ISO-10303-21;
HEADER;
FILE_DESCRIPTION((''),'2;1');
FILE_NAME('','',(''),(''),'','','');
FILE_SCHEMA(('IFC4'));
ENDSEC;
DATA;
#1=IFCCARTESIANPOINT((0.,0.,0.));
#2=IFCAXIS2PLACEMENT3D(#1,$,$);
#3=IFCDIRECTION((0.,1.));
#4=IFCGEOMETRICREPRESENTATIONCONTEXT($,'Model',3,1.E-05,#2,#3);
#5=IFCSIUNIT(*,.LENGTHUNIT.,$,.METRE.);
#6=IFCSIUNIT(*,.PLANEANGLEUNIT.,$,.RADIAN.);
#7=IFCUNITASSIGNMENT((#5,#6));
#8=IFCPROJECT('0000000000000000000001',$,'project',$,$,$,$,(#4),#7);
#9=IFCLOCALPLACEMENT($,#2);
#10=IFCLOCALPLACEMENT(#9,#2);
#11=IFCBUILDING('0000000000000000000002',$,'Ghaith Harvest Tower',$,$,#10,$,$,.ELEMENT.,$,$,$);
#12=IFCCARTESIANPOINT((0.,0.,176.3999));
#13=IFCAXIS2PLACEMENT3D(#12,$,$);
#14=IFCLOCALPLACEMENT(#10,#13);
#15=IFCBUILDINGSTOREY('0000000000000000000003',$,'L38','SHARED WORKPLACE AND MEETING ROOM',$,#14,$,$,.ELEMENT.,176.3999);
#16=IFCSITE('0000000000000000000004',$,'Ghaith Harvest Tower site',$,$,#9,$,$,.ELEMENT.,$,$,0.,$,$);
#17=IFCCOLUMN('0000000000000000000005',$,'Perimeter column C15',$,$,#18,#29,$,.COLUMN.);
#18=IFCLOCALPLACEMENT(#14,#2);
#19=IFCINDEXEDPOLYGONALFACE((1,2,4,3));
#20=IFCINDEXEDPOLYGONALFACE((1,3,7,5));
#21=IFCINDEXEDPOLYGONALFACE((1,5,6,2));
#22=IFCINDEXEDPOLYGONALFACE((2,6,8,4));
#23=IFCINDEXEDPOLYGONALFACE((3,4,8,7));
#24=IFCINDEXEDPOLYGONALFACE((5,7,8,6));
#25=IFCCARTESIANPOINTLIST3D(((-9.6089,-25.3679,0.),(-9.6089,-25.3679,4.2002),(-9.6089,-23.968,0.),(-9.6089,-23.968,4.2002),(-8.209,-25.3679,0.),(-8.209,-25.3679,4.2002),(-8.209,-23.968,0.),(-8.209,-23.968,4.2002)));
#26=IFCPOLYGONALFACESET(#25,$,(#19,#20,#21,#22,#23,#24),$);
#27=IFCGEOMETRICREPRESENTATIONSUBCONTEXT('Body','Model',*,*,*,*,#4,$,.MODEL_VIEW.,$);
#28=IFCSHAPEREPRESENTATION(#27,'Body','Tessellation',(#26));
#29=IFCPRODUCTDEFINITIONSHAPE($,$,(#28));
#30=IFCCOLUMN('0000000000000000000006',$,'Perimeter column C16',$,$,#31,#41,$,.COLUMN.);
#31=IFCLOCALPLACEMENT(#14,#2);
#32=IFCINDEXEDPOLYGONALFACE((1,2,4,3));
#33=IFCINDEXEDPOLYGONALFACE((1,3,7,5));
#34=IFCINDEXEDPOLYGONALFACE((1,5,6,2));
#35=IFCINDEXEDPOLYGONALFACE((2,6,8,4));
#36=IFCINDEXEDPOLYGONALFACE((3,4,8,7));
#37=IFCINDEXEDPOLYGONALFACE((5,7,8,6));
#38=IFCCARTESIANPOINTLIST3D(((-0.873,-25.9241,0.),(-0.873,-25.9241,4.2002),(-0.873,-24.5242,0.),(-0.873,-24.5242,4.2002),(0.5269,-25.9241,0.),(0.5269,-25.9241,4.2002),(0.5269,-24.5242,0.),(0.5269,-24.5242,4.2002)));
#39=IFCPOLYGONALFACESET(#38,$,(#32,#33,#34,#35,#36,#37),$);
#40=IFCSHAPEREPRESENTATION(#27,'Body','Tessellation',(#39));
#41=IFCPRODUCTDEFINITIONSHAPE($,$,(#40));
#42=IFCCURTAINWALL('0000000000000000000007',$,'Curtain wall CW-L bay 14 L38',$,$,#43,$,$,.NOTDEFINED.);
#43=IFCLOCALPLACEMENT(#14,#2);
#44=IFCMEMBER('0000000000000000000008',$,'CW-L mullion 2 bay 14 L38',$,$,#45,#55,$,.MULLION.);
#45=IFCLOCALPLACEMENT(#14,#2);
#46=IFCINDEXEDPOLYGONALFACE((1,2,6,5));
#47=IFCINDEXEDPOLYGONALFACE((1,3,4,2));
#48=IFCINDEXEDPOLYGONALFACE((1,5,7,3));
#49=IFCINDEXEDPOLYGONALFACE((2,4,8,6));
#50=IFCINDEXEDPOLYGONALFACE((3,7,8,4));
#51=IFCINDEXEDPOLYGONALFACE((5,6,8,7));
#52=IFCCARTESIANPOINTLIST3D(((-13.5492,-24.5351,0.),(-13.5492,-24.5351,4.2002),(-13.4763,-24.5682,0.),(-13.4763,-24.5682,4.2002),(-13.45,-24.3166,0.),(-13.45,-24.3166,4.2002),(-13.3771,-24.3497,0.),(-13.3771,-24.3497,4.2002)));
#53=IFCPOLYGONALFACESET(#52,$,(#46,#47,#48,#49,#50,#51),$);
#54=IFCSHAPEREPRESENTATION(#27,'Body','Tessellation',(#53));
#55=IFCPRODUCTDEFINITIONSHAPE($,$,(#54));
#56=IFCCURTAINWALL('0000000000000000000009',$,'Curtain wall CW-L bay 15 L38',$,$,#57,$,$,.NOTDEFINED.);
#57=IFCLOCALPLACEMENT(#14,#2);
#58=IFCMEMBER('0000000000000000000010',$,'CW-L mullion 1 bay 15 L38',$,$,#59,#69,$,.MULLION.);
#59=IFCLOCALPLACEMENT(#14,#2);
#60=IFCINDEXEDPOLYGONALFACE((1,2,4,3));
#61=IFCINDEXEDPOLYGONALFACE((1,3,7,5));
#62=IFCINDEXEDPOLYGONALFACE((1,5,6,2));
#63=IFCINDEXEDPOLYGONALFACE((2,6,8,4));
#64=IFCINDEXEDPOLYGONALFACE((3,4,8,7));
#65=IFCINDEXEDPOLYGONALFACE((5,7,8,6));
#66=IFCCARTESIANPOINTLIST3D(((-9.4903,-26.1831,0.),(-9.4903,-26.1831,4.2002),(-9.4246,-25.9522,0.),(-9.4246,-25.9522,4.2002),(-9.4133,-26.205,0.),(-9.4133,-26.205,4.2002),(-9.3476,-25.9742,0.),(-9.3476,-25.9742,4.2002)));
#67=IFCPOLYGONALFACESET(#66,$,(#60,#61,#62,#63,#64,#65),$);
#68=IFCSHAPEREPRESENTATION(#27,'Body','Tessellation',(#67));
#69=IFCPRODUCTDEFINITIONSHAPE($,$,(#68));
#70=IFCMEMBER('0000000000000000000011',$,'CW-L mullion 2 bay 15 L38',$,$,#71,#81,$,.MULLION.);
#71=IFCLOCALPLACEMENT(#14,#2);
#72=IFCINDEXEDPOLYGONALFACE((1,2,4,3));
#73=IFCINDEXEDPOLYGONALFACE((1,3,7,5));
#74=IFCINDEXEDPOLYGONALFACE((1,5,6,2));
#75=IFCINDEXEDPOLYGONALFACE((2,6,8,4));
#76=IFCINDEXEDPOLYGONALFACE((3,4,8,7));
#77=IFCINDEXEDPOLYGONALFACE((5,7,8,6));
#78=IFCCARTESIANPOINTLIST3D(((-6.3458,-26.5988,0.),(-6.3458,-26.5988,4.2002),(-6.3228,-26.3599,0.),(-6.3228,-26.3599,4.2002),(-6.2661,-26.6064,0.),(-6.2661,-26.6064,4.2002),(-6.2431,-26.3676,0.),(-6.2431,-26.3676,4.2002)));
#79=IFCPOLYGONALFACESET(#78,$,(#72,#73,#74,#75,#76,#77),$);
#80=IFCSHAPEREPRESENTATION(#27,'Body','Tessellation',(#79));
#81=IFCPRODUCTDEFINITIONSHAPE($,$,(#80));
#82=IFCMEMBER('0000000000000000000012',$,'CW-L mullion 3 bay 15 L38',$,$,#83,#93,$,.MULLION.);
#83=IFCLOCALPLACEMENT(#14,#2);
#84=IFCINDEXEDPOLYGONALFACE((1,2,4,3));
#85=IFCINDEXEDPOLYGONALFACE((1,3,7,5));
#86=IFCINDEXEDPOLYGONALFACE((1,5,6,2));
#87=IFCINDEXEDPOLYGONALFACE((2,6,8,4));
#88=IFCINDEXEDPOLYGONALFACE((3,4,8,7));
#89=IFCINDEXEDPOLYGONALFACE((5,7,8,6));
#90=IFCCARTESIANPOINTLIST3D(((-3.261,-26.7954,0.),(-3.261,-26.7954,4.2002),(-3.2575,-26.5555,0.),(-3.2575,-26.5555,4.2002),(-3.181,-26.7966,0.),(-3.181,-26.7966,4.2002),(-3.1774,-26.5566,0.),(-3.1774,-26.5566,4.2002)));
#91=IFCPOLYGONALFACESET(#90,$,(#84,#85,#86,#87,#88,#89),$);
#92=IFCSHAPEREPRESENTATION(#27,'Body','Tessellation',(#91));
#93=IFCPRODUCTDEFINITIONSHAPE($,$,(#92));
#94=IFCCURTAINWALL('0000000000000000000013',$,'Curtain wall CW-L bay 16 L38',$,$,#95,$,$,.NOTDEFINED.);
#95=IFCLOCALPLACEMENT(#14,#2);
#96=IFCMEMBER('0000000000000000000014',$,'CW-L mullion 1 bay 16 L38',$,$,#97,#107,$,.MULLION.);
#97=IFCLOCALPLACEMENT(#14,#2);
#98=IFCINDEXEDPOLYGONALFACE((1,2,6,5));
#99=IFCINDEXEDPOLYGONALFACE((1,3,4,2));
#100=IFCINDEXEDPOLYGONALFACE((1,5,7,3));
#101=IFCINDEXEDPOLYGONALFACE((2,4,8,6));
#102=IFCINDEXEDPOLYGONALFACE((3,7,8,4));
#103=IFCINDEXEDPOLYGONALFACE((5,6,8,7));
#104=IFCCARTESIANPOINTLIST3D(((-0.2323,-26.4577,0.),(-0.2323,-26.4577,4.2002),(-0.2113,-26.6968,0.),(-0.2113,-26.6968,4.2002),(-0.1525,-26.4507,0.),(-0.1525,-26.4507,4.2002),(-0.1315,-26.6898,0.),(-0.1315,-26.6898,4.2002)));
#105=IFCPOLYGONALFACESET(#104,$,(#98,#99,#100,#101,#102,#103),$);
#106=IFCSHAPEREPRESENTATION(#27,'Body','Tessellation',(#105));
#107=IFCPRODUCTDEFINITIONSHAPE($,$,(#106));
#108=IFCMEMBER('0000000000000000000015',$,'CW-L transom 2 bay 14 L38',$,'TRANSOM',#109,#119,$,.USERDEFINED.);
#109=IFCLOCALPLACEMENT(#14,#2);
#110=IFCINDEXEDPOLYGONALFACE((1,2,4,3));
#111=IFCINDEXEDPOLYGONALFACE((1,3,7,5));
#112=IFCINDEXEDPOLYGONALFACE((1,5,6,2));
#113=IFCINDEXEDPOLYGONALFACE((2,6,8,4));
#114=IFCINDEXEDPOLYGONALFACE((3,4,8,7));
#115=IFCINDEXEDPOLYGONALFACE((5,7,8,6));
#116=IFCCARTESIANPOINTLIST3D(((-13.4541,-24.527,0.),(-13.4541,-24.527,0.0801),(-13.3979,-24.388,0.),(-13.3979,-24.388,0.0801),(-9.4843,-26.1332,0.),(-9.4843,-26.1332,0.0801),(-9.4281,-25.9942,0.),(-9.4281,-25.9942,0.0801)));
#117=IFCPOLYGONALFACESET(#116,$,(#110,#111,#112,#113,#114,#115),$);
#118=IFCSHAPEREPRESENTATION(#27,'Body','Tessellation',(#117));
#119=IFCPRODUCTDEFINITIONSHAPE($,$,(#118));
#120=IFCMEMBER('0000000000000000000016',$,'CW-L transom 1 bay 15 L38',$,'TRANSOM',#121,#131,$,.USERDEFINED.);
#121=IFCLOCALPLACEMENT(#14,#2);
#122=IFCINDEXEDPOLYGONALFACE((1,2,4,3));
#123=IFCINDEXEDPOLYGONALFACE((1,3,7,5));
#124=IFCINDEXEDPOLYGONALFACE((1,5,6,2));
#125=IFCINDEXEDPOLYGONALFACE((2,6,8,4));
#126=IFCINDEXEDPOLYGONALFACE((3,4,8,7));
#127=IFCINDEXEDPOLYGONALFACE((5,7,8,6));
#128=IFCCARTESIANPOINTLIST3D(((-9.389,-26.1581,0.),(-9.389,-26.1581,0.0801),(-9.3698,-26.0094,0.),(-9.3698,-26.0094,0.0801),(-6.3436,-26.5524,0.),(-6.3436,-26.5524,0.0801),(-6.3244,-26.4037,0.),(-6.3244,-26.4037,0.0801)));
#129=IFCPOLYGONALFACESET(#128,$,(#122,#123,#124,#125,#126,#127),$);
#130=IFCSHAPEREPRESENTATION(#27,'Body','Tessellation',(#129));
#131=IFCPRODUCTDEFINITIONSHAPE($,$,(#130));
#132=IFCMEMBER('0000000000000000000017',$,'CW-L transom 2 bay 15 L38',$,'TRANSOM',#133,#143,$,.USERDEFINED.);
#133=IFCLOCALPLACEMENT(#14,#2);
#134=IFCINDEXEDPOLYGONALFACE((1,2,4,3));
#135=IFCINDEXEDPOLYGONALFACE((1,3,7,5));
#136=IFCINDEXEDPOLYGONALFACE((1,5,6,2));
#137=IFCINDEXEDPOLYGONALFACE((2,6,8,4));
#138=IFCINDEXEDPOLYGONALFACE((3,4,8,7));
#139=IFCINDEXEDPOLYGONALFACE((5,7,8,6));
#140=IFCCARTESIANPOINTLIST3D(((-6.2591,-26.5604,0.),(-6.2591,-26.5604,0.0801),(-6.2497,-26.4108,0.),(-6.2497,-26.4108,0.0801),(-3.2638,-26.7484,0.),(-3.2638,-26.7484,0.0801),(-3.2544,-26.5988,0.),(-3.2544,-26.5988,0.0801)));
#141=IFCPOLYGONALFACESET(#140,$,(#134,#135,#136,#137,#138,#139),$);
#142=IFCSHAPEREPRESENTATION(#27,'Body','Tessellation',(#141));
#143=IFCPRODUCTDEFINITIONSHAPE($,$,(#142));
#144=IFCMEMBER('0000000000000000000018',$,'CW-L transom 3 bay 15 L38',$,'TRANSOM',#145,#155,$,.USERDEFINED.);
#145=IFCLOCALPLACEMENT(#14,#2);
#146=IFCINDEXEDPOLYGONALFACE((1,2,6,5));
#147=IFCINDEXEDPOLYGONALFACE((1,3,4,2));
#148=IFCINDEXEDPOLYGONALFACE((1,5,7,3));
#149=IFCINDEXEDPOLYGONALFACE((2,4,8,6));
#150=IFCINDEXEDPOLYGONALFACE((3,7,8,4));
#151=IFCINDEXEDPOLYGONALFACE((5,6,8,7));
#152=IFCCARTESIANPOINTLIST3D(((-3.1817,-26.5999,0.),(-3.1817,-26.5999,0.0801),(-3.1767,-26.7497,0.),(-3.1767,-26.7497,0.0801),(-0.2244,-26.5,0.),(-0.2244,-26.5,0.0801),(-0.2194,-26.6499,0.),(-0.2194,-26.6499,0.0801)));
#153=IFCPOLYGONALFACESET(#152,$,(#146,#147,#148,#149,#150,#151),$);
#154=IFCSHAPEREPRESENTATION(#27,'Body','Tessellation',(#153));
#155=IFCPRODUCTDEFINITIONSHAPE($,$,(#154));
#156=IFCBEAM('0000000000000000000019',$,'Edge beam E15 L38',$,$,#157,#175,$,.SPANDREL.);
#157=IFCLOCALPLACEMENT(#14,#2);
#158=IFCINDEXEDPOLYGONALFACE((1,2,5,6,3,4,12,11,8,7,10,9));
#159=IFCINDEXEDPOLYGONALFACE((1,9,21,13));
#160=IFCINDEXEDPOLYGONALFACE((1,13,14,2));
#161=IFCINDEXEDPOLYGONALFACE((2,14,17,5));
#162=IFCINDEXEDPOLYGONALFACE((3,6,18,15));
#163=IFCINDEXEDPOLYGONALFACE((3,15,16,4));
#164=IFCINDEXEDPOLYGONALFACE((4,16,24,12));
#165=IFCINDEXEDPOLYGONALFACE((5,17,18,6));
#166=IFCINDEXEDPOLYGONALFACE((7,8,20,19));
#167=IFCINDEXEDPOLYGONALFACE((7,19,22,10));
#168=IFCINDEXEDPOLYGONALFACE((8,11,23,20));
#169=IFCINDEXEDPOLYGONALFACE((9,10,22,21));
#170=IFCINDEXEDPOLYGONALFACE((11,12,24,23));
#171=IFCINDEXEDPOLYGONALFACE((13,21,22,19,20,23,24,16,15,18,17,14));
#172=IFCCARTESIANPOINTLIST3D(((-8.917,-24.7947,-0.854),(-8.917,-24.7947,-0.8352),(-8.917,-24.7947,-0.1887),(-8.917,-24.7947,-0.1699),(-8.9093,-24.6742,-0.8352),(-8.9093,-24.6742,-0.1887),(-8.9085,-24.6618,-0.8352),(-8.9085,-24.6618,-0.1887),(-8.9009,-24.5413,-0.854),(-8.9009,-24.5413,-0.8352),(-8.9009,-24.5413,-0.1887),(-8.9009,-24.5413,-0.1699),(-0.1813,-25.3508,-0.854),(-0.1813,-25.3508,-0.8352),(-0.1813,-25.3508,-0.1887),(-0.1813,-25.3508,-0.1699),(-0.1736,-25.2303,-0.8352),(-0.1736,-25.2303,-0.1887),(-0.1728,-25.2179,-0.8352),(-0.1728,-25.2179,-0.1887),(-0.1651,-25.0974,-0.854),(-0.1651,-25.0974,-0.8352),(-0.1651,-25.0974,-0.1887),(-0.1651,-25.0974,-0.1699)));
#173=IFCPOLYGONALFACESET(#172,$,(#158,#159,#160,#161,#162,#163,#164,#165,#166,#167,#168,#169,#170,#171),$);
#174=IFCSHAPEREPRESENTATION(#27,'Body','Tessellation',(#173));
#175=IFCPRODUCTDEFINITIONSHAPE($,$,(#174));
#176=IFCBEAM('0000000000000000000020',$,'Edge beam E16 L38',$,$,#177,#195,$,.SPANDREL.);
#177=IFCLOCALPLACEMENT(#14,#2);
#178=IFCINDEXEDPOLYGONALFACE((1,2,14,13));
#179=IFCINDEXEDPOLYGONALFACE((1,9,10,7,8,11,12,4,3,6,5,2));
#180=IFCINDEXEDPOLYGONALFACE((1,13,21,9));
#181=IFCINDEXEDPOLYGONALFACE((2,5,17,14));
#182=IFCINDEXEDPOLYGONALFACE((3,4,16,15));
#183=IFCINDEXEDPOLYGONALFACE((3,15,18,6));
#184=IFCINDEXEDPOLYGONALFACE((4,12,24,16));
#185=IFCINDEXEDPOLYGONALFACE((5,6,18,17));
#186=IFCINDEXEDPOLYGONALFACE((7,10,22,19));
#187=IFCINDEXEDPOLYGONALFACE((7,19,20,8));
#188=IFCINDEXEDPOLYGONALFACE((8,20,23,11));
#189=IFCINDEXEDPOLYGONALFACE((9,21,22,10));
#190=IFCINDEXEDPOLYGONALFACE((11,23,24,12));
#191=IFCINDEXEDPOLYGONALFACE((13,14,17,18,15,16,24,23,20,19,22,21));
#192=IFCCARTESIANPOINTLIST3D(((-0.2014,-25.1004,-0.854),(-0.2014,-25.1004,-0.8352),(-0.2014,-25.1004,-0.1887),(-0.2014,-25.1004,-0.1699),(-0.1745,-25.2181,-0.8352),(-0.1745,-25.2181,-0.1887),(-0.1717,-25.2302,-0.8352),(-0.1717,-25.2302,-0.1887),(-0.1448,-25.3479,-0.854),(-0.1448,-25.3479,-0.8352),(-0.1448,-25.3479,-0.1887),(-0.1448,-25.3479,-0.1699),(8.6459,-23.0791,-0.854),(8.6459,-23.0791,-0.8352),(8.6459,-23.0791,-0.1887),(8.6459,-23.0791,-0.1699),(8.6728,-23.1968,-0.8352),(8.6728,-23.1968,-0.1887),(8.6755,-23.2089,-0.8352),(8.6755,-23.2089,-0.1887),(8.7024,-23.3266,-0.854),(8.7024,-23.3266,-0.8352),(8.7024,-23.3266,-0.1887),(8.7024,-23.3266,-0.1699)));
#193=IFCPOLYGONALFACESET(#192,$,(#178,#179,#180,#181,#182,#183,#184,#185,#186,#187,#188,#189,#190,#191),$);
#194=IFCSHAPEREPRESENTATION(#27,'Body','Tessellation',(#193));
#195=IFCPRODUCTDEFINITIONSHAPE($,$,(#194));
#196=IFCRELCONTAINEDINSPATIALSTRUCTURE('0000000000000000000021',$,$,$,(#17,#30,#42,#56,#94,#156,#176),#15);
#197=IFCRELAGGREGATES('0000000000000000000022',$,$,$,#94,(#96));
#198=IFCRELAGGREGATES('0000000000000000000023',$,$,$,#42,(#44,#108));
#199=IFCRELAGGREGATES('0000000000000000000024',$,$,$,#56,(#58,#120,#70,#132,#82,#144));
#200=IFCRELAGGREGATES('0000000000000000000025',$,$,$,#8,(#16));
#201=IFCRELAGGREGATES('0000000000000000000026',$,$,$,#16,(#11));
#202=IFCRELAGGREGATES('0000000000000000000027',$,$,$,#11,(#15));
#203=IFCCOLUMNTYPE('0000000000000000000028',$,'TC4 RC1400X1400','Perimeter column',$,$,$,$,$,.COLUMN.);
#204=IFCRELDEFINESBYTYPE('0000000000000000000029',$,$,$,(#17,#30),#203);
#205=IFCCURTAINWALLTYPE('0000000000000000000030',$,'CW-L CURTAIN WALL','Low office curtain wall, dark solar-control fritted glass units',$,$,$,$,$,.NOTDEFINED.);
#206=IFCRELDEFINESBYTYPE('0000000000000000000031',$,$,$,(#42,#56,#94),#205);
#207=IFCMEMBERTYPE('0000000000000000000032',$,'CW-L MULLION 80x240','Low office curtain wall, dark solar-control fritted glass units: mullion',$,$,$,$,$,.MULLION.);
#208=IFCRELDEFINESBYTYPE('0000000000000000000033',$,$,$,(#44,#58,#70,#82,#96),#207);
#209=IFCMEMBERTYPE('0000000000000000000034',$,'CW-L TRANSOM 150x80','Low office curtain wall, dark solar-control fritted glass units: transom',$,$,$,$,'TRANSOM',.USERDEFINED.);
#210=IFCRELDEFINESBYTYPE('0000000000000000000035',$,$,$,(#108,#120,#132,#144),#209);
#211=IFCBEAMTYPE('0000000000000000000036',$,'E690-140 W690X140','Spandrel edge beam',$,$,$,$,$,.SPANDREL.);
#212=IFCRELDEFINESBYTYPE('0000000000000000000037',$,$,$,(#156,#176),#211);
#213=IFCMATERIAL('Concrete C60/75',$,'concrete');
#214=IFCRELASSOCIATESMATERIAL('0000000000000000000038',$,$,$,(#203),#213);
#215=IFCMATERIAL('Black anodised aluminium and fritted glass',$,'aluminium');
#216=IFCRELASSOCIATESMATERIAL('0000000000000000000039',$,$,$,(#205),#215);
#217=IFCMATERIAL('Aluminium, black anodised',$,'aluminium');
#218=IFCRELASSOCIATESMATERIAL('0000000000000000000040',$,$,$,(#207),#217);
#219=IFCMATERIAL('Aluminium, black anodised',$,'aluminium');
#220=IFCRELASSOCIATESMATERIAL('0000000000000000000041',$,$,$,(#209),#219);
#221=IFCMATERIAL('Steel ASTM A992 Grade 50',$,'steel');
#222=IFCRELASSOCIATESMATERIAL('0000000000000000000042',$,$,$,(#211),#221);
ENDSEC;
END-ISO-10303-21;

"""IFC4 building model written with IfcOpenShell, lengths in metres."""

from ifc_helpers import new_model, si_unit, direction, frame, origin, origin_2d, place, context, subcontext, project, spatial, rectangle, i_section, extrude, material, material_profile, profile_set, type_object, element, aggregate, save


model = new_model("IFC4")

# Units and contexts
model_context = context("Model", 3, precision=1e-05, world=origin(), true_north=direction((0.0, 1.0)))
body_context = subcontext(model_context, "Body", "Model", "MODEL_VIEW")
ifc_project = project(units=[si_unit("LENGTHUNIT", "METRE"), si_unit("PLANEANGLEUNIT", "RADIAN")], contexts=[model_context])

# Site, building, storey
site_placement = place(None, origin())
site = spatial("IfcSite", under=ifc_project, at=site_placement, Name="Ghaith Harvest Tower site", CompositionType="ELEMENT", RefElevation=0.0)
building_placement = place(site_placement, origin())
building = spatial("IfcBuilding", under=site, at=building_placement, Name="Ghaith Harvest Tower", CompositionType="ELEMENT")
storey_placement = place(building_placement, frame((0.0, 0.0, 176.3999)))
storey = spatial("IfcBuildingStorey", under=building, at=storey_placement, Name="L38", Description="SHARED WORKPLACE AND MEETING ROOM", CompositionType="ELEMENT", Elevation=176.3999)

# Columns
ifc_material_1 = material(Name="Concrete C60/75", Category="concrete")
ifc_material_profile_1 = material_profile(ifc_material_1, rectangle(XDim=1.3999, YDim=1.3999, at=origin_2d()), Name="RC1400X1400")
ifc_profile_set_1 = profile_set([ifc_material_profile_1], Name="Concrete C60/75")
column_type = type_object("IfcColumnType", Name="TC4 RC1400X1400", Description="Perimeter column", PredefinedType="COLUMN", material=ifc_profile_set_1)
for number, where, z_axis, x_axis, name in (
    (1, (-8.9089, -24.668, 0.0), (0.0, 0.0, 1.0), (1.0, 0.0, 0.0), "Perimeter column C15"),
    (2, (-0.1731, -25.2241, 0.0), (0.0, 0.0, 1.0), (1.0, 0.0, 0.0), "Perimeter column C16"),
):
    element("IfcColumn", number, at=place(storey_placement, frame(where, z_axis=z_axis, x_axis=x_axis)), inside=storey, type_object=column_type, Name=name, PredefinedType="COLUMN", context=body_context, shape_type="SweptSolid", body=[
        extrude(rectangle(XDim=1.3999, YDim=1.3999, at=origin_2d()), origin(), (0.0, 0.0, 1.0), 4.2002),
    ])

# Curtain wall, member
ifc_material_2 = material(Name="Black anodised aluminium and fritted glass", Category="aluminium")
curtain_wall_type = type_object("IfcCurtainWallType", Name="CW-L CURTAIN WALL", Description="Low office curtain wall, dark solar-control fritted glass units", PredefinedType="NOTDEFINED", material=ifc_material_2)
curtain_wall_1_placement = place(storey_placement, origin())
curtain_wall_1 = element("IfcCurtainWall", 3, at=curtain_wall_1_placement, inside=storey, type_object=curtain_wall_type, Name="Curtain wall CW-L bay 14 L38", PredefinedType="NOTDEFINED")
ifc_material_3 = material(Name="Aluminium, black anodised", Category="aluminium")
ifc_material_profile_2 = material_profile(ifc_material_3, rectangle(XDim=0.0801, YDim=0.24, at=origin_2d()), Name="CW-L MULLION 80x240")
ifc_profile_set_2 = profile_set([ifc_material_profile_2], Name="Aluminium, black anodised")
member_type_1 = type_object("IfcMemberType", Name="CW-L MULLION 80x240", Description="Low office curtain wall, dark solar-control fritted glass units: mullion", PredefinedType="MULLION", material=ifc_profile_set_2)
member_1_placement = place(storey_placement, frame((-13.4631, -24.4424, 0.0), z_axis=(0.0, 0.0, 1.0), x_axis=(0.910648, -0.413183, 0.0)))
member_1 = element("IfcMember", 4, at=member_1_placement, type_object=member_type_1, Name="CW-L mullion 2 bay 14 L38", PredefinedType="MULLION", context=body_context, shape_type="SweptSolid", body=[
    extrude(rectangle(XDim=0.0801, YDim=0.24, at=origin_2d()), origin(), (0.0, 0.0, 1.0), 4.2002),
])

# Curtain wall, members
curtain_wall_2_placement = place(storey_placement, origin())
curtain_wall_2 = element("IfcCurtainWall", 5, at=curtain_wall_2_placement, inside=storey, type_object=curtain_wall_type, Name="Curtain wall CW-L bay 15 L38", PredefinedType="NOTDEFINED")
member_2_placement = place(storey_placement, frame((-9.4189, -26.0786, 0.0), z_axis=(0.0, 0.0, 1.0), x_axis=(0.961789, -0.273793, 0.0)))
member_2 = element("IfcMember", 6, at=member_2_placement, type_object=member_type_1, Name="CW-L mullion 1 bay 15 L38", PredefinedType="MULLION", context=body_context, shape_type="SweptSolid", body=[
    extrude(rectangle(XDim=0.0801, YDim=0.24, at=origin_2d()), origin(), (0.0, 0.0, 1.0), 4.2002),
])
member_3_placement = place(storey_placement, frame((-6.2944, -26.4832, 0.0), z_axis=(0.0, 0.0, 1.0), x_axis=(0.995389, -0.095918, 0.0)))
member_3 = element("IfcMember", 7, at=member_3_placement, type_object=member_type_1, Name="CW-L mullion 2 bay 15 L38", PredefinedType="MULLION", context=body_context, shape_type="SweptSolid", body=[
    extrude(rectangle(XDim=0.0801, YDim=0.24, at=origin_2d()), origin(), (0.0, 0.0, 1.0), 4.2002),
])
member_4_placement = place(storey_placement, frame((-3.2192, -26.676, 0.0), z_axis=(0.0, 0.0, 1.0), x_axis=(0.999891, -0.014796, 0.0)))
member_4 = element("IfcMember", 8, at=member_4_placement, type_object=member_type_1, Name="CW-L mullion 3 bay 15 L38", PredefinedType="MULLION", context=body_context, shape_type="SweptSolid", body=[
    extrude(rectangle(XDim=0.0801, YDim=0.24, at=origin_2d()), origin(), (0.0, 0.0, 1.0), 4.2002),
])

# Curtain wall, member
curtain_wall_3_placement = place(storey_placement, origin())
curtain_wall_3 = element("IfcCurtainWall", 9, at=curtain_wall_3_placement, inside=storey, type_object=curtain_wall_type, Name="Curtain wall CW-L bay 16 L38", PredefinedType="NOTDEFINED")
member_5_placement = place(storey_placement, frame((-0.1819, -26.5737, 0.0), z_axis=(0.0, 0.0, 1.0), x_axis=(0.996169, 0.087446, 0.0)))
member_5 = element("IfcMember", 10, at=member_5_placement, type_object=member_type_1, Name="CW-L mullion 1 bay 16 L38", PredefinedType="MULLION", context=body_context, shape_type="SweptSolid", body=[
    extrude(rectangle(XDim=0.0801, YDim=0.24, at=origin_2d()), origin(), (0.0, 0.0, 1.0), 4.2002),
])
aggregate(curtain_wall_3, [member_5])

# Members
ifc_material_4 = material(Name="Aluminium, black anodised", Category="aluminium")
ifc_material_profile_3 = material_profile(ifc_material_4, rectangle(XDim=0.1499, YDim=0.0801, at=origin_2d()), Name="CW-L TRANSOM 150x80")
ifc_profile_set_3 = profile_set([ifc_material_profile_3], Name="Aluminium, black anodised")
member_type_2 = type_object("IfcMemberType", Name="CW-L TRANSOM 150x80", Description="Low office curtain wall, dark solar-control fritted glass units: transom", ElementType="TRANSOM", PredefinedType="USERDEFINED", material=ifc_profile_set_3)
member_6_placement = place(storey_placement, frame((-13.426, -24.4575, 0.04), z_axis=(0.927003, -0.375054, 0.0), x_axis=(0.375054, 0.927003, 0.0)))
member_6 = element("IfcMember", 11, at=member_6_placement, type_object=member_type_2, Name="CW-L transom 2 bay 14 L38", ObjectType="TRANSOM", PredefinedType="USERDEFINED", context=body_context, shape_type="SweptSolid", body=[
    extrude(rectangle(XDim=0.1499, YDim=0.0801, at=origin_2d()), origin(), (0.0, 0.0, 1.0), 4.2825),
])
member_7_placement = place(storey_placement, frame((-9.3794, -26.0837, 0.04), z_axis=(0.991723, -0.128398, 0.0), x_axis=(0.128398, 0.991723, 0.0)))
member_7 = element("IfcMember", 12, at=member_7_placement, type_object=member_type_2, Name="CW-L transom 1 bay 15 L38", ObjectType="TRANSOM", PredefinedType="USERDEFINED", context=body_context, shape_type="SweptSolid", body=[
    extrude(rectangle(XDim=0.1499, YDim=0.0801, at=origin_2d()), origin(), (0.0, 0.0, 1.0), 3.0708),
])
member_8_placement = place(storey_placement, frame((-6.2544, -26.4856, 0.04), z_axis=(0.998036, -0.062637, 0.0), x_axis=(0.062637, 0.998036, 0.0)))
member_8 = element("IfcMember", 13, at=member_8_placement, type_object=member_type_2, Name="CW-L transom 2 bay 15 L38", ObjectType="TRANSOM", PredefinedType="USERDEFINED", context=body_context, shape_type="SweptSolid", body=[
    extrude(rectangle(XDim=0.1499, YDim=0.0801, at=origin_2d()), origin(), (0.0, 0.0, 1.0), 3.0012),
])
member_9_placement = place(storey_placement, frame((-3.1792, -26.6748, 0.04), z_axis=(0.99943, 0.033746, 0.0), x_axis=(-0.033746, 0.99943, 0.0)))
member_9 = element("IfcMember", 14, at=member_9_placement, type_object=member_type_2, Name="CW-L transom 3 bay 15 L38", ObjectType="TRANSOM", PredefinedType="USERDEFINED", context=body_context, shape_type="SweptSolid", body=[
    extrude(rectangle(XDim=0.1499, YDim=0.0801, at=origin_2d()), origin(), (0.0, 0.0, 1.0), 2.959),
])

# Beams
ifc_material_5 = material(Name="Steel ASTM A992 Grade 50", Category="steel")
ifc_material_profile_4 = material_profile(ifc_material_5, i_section(OverallWidth=0.2539, OverallDepth=0.6841, WebThickness=0.0125, FlangeThickness=0.0188, at=origin_2d()), Name="W690X140")
ifc_profile_set_4 = profile_set([ifc_material_profile_4], Name="Steel ASTM A992 Grade 50")
beam_type = type_object("IfcBeamType", Name="E690-140 W690X140", Description="Spandrel edge beam", PredefinedType="SPANDREL", material=ifc_profile_set_4)
beam_1_placement = place(storey_placement, frame((-8.9089, -24.668, -0.512), z_axis=(0.99798, -0.063535, 0.0), x_axis=(0.063535, 0.99798, 0.0)))
element("IfcBeam", 15, at=beam_1_placement, inside=storey, type_object=beam_type, Name="Edge beam E15 L38", PredefinedType="SPANDREL", context=body_context, shape_type="SweptSolid", body=[
    extrude(i_section(OverallWidth=0.2539, OverallDepth=0.6841, WebThickness=0.0125, FlangeThickness=0.0188, at=origin_2d()), origin(), (0.0, 0.0, 1.0), 8.7534),
])
beam_2_placement = place(storey_placement, frame((-0.1731, -25.2241, -0.512), z_axis=(0.974882, 0.222723, 0.0), x_axis=(-0.222723, 0.974882, 0.0)))
element("IfcBeam", 16, at=beam_2_placement, inside=storey, type_object=beam_type, Name="Edge beam E16 L38", PredefinedType="SPANDREL", context=body_context, shape_type="SweptSolid", body=[
    extrude(i_section(OverallWidth=0.2539, OverallDepth=0.6841, WebThickness=0.0125, FlangeThickness=0.0188, at=origin_2d()), origin(), (0.0, 0.0, 1.0), 9.0752),
])

aggregate(curtain_wall_1, [member_1, member_6])
aggregate(curtain_wall_2, [member_2, member_7, member_3, member_8, member_4, member_9])

save(model, "model.ifc")
